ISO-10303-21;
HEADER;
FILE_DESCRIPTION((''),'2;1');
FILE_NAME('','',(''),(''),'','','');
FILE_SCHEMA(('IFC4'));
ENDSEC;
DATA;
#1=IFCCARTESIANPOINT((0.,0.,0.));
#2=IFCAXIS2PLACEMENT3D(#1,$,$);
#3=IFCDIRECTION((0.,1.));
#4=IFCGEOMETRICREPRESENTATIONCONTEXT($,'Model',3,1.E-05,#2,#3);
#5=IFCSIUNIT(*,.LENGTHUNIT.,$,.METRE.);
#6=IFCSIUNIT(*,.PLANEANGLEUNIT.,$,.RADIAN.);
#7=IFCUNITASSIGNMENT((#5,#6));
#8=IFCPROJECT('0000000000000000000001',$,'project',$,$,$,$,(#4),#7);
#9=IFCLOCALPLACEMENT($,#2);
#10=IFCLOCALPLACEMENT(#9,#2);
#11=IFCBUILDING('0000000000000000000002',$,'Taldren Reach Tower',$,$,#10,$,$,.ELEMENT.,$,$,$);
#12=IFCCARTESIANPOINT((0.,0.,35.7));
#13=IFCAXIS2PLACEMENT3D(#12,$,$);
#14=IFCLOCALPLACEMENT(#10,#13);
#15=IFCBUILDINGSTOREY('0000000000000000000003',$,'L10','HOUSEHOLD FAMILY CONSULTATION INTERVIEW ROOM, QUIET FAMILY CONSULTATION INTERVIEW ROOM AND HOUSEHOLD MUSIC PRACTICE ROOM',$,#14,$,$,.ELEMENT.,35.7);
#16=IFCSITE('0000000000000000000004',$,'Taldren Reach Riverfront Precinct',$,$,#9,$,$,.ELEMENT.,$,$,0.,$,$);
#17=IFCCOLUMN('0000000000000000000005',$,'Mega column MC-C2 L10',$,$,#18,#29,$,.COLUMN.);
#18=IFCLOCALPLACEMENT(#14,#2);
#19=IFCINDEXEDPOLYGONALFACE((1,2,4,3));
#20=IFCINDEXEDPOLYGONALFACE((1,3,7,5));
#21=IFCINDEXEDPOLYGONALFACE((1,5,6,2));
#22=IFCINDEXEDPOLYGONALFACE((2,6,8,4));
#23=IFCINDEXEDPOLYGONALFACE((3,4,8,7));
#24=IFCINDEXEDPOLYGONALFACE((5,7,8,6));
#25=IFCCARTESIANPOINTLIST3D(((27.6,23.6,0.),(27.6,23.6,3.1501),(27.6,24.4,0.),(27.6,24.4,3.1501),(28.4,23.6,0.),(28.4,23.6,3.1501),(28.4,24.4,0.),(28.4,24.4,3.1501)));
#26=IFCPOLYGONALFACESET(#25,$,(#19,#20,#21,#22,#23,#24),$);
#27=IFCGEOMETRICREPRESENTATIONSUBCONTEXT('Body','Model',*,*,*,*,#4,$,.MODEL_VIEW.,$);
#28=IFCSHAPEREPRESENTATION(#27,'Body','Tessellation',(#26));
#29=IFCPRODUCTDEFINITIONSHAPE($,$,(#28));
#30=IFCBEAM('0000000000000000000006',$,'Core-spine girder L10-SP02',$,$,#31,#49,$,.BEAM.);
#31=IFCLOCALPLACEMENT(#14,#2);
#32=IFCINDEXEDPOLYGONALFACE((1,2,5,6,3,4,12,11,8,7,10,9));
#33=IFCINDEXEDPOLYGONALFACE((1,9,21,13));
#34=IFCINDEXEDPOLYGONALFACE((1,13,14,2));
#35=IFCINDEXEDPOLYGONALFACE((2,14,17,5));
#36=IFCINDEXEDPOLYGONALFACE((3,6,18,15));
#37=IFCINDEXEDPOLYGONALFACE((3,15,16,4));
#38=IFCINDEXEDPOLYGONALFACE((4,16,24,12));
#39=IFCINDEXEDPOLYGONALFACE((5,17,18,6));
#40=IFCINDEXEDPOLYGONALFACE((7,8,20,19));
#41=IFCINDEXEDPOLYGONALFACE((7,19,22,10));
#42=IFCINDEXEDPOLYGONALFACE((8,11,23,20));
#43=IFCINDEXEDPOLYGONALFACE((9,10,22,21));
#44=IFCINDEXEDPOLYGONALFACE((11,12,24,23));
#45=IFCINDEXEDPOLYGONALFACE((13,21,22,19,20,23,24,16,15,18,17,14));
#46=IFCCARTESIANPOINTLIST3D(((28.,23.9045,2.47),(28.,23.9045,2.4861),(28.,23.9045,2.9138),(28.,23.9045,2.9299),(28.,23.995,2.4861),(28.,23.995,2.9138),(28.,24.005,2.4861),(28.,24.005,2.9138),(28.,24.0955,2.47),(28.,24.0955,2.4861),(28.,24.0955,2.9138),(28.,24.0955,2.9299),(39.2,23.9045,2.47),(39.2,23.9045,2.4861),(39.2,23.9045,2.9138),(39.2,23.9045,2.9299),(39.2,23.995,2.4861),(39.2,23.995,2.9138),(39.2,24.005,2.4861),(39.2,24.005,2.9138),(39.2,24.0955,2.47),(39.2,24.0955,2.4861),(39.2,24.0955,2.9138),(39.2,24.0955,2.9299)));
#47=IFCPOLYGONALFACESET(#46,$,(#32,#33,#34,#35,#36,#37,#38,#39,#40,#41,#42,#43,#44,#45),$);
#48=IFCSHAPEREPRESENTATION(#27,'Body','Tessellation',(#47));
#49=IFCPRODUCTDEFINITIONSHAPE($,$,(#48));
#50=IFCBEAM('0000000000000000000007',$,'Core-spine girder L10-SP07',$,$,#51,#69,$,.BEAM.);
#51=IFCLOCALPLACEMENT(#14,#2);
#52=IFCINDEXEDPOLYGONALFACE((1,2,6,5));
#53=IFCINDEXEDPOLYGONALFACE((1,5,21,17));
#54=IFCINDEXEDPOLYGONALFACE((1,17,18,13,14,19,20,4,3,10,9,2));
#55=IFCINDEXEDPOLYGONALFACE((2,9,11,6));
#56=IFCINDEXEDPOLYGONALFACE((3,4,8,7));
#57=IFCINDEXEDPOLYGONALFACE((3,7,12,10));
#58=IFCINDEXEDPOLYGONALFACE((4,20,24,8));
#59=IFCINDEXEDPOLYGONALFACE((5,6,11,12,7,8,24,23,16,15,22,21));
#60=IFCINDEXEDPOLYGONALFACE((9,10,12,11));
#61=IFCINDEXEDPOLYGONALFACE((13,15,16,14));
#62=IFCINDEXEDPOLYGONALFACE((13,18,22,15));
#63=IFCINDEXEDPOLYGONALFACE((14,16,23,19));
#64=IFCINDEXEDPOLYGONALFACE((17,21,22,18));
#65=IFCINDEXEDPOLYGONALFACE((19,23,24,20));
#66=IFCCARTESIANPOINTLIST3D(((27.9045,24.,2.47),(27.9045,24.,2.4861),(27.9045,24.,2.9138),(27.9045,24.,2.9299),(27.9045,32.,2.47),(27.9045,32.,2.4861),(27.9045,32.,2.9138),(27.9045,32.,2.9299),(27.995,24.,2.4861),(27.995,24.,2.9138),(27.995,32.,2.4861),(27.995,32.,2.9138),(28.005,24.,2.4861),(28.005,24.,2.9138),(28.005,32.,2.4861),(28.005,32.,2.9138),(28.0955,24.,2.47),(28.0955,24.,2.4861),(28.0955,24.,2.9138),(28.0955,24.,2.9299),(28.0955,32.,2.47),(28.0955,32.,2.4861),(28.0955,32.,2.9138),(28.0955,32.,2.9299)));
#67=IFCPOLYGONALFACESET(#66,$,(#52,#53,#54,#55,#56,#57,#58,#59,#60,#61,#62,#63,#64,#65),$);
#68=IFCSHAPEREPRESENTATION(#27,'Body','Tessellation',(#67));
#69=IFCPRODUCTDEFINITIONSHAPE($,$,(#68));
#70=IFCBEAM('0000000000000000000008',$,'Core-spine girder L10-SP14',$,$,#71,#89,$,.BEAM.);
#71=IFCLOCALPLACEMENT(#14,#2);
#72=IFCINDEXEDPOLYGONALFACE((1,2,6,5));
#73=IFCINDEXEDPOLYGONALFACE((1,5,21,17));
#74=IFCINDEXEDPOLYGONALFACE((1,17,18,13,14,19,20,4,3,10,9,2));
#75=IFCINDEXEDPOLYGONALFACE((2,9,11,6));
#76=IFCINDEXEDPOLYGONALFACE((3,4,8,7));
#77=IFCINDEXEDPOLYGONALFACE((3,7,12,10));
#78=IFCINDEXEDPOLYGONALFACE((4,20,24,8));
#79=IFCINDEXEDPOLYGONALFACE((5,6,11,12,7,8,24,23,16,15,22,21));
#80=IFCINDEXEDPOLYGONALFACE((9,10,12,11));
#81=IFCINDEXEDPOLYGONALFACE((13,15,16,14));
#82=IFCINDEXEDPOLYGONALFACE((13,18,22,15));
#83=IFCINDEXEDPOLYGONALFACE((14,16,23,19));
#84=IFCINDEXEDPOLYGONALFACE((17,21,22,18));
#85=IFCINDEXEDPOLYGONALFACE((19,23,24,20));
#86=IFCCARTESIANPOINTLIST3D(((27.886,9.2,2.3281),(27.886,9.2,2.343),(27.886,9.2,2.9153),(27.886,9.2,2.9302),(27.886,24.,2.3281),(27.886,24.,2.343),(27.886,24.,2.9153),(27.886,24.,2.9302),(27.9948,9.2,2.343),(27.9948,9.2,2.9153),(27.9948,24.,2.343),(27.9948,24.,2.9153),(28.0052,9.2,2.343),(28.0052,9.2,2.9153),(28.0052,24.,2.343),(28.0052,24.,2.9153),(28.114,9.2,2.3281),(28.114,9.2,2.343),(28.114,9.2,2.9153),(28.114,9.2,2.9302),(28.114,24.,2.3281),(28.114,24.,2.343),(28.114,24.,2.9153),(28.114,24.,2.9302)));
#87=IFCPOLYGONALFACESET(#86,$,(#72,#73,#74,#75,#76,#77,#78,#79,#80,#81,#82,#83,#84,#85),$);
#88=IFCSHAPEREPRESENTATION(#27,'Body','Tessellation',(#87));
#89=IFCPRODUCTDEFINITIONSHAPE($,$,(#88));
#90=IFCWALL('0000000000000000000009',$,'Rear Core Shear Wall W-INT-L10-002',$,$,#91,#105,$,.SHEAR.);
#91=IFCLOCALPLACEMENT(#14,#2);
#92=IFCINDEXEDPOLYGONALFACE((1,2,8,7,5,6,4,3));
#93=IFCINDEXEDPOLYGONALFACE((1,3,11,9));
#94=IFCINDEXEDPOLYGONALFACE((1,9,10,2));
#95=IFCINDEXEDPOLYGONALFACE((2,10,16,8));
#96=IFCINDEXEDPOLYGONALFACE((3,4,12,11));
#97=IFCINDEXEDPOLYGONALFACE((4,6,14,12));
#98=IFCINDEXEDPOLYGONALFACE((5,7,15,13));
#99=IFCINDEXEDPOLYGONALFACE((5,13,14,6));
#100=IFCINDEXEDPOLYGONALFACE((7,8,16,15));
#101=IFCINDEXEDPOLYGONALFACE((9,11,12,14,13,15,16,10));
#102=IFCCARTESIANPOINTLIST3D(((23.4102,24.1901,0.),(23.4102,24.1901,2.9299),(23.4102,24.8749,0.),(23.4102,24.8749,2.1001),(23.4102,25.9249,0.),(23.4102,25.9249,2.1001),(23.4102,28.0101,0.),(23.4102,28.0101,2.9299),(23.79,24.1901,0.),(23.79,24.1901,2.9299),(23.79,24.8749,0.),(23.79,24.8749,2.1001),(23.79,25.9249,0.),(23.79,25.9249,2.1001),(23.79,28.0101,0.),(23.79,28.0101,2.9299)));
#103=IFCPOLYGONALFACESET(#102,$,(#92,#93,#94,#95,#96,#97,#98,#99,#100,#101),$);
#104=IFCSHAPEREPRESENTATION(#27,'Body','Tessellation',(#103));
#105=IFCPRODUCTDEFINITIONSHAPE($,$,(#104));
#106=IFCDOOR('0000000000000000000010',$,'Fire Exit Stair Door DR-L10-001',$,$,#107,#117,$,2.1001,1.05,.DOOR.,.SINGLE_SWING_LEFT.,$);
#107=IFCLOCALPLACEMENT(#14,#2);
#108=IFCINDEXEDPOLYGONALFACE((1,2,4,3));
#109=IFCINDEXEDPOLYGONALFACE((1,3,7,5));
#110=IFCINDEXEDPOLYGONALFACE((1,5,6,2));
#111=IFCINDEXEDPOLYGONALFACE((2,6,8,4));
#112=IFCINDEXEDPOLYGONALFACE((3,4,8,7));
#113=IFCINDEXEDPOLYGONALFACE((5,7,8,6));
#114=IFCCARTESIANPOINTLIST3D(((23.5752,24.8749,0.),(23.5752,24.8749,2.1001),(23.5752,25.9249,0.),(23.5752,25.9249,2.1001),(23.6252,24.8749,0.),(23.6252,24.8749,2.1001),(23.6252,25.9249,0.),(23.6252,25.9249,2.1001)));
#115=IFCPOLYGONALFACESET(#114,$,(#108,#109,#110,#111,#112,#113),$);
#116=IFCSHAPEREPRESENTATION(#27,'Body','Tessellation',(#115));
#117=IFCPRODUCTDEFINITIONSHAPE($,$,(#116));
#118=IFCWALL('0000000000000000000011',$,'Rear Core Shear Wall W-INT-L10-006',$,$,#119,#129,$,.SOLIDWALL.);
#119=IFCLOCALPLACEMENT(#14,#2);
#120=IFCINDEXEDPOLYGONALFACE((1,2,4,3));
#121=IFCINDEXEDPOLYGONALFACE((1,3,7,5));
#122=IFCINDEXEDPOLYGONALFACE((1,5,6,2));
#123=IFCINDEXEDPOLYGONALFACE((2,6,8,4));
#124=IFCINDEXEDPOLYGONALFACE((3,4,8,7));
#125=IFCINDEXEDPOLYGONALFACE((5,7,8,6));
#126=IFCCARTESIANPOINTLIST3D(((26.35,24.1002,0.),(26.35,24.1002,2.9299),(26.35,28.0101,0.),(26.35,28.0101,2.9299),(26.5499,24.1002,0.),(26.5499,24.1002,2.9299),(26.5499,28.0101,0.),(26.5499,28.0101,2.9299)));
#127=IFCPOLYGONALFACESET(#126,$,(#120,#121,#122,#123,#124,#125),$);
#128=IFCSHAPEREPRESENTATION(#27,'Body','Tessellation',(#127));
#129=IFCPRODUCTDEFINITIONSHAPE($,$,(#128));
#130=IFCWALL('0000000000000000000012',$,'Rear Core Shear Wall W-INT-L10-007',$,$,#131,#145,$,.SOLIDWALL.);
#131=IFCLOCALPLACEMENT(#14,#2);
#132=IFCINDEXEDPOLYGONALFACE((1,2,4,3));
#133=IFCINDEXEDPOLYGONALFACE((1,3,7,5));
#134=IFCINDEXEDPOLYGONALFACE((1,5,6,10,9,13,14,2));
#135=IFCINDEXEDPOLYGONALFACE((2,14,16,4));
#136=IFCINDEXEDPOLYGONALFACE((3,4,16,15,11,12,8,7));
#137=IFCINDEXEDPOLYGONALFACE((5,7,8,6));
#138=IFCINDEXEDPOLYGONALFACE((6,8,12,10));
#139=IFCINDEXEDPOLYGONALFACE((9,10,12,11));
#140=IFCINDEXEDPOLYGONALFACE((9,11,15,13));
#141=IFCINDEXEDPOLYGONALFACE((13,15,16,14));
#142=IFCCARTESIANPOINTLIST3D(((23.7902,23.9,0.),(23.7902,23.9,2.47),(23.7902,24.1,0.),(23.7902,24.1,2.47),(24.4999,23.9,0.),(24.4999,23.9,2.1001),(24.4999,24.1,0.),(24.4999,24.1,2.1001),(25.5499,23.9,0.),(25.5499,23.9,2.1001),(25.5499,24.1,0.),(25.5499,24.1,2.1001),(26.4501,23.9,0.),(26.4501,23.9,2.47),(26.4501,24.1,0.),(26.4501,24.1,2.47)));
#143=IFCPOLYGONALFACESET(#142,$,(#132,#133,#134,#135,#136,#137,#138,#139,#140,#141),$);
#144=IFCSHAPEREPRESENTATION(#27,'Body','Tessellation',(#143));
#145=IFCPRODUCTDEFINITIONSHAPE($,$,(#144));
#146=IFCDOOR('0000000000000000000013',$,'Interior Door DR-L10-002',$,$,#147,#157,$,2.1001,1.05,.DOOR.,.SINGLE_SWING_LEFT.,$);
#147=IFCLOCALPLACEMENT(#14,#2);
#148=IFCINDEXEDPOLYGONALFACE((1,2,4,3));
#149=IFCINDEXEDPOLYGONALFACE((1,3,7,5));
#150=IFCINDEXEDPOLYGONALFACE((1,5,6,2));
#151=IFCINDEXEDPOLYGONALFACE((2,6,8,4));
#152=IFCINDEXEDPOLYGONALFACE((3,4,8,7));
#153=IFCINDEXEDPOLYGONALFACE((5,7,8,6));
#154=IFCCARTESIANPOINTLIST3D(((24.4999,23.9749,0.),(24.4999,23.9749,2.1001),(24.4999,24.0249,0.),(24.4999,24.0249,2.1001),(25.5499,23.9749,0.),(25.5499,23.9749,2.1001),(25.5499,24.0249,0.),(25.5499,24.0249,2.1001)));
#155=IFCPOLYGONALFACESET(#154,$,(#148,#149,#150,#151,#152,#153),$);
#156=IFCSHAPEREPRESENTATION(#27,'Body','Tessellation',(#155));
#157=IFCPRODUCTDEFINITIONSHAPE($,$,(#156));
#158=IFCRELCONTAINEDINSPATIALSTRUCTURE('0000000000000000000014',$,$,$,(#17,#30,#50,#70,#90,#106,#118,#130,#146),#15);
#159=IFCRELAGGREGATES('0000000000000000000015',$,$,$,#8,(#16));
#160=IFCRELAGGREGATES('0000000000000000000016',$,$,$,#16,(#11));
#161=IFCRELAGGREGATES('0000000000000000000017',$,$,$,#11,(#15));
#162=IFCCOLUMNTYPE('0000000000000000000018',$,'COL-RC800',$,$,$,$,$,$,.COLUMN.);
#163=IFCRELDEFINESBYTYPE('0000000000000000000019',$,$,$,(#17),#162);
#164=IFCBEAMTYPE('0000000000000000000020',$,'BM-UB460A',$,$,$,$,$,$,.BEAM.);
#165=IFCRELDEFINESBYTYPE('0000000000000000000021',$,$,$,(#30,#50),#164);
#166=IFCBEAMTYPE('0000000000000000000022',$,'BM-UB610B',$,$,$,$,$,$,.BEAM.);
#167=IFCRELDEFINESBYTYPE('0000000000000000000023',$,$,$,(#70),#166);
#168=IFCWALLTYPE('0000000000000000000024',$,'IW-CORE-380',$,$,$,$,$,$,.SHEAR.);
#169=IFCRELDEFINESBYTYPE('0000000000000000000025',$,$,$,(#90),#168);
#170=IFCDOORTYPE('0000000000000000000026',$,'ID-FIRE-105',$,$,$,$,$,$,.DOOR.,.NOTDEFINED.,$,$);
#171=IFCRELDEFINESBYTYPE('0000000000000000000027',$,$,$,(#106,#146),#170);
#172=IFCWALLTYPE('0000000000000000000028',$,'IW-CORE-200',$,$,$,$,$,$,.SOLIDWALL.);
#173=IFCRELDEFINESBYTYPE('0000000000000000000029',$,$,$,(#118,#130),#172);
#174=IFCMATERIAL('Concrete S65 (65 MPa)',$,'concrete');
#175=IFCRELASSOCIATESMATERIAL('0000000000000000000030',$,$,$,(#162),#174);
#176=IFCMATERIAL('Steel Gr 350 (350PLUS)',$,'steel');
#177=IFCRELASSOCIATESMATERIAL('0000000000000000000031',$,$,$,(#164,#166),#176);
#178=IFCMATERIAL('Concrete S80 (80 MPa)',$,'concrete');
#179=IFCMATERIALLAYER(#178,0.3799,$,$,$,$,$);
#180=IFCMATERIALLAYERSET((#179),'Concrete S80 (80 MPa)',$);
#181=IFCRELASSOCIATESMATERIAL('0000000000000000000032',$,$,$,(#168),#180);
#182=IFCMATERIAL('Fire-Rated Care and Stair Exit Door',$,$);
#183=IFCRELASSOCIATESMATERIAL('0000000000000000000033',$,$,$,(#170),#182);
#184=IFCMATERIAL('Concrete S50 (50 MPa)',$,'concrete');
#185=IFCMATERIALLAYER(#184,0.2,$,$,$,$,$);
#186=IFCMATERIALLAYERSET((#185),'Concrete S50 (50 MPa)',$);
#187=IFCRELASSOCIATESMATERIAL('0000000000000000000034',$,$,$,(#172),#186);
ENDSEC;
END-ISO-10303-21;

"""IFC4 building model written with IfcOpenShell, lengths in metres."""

from ifc_helpers import new_model, si_unit, direction, frame, frame_2d, origin, origin_2d, place, context, subcontext, project, spatial, rectangle, i_section, extrude, source, transform, mapped, material, layer, layer_set, material_profile, profile_set, type_object, element, fill, save


model = new_model("IFC4")

# Units and contexts
model_context = context("Model", 3, precision=1e-05, world=origin(), true_north=direction((0.0, 1.0)))
body_context = subcontext(model_context, "Body", "Model", "MODEL_VIEW")
ifc_project = project(units=[si_unit("LENGTHUNIT", "METRE"), si_unit("PLANEANGLEUNIT", "RADIAN")], contexts=[model_context])

# Site, building, storey
site_placement = place(None, origin())
site = spatial("IfcSite", under=ifc_project, at=site_placement, Name="Taldren Reach Riverfront Precinct", CompositionType="ELEMENT", RefElevation=0.0)
building_placement = place(site_placement, origin())
building = spatial("IfcBuilding", under=site, at=building_placement, Name="Taldren Reach Tower", CompositionType="ELEMENT")
storey_placement = place(building_placement, frame((0.0, 0.0, 35.7)))
storey = spatial("IfcBuildingStorey", under=building, at=storey_placement, Name="L10", Description="HOUSEHOLD FAMILY CONSULTATION INTERVIEW ROOM, QUIET FAMILY CONSULTATION INTERVIEW ROOM AND HOUSEHOLD MUSIC PRACTICE ROOM", CompositionType="ELEMENT", Elevation=35.7)

# Column
ifc_material_1 = material(Name="Concrete S65 (65 MPa)", Category="concrete")
ifc_material_profile_1 = material_profile(ifc_material_1, rectangle(XDim=0.8, YDim=0.8, at=origin_2d()), Name="RC-800x800")
ifc_profile_set_1 = profile_set([ifc_material_profile_1], Name="Concrete S65 (65 MPa)")
column_type = type_object("IfcColumnType", Name="COL-RC800", PredefinedType="COLUMN", material=ifc_profile_set_1)
shared_shape_1 = source(origin(), body_context, "Body", "SweptSolid", [
    extrude(rectangle(XDim=0.8, YDim=0.8, at=origin_2d()), origin(), (0.0, 0.0, 1.0), 3.1501),
])
column_placement = place(storey_placement, frame((28.0, 24.0, 0.0), z_axis=(0.0, 0.0, 1.0), x_axis=(1.0, 0.0, 0.0)))
element("IfcColumn", 1, at=column_placement, inside=storey, type_object=column_type, Name="Mega column MC-C2 L10", PredefinedType="COLUMN", context=body_context, shape_type="MappedRepresentation", body=[
    mapped(shared_shape_1, transform((0.0, 0.0, 0.0), scale=1.0)),
])

# Beams
ifc_material_2 = material(Name="Steel Gr 350 (350PLUS)", Category="steel")
ifc_material_profile_2 = material_profile(ifc_material_2, i_section(OverallWidth=0.1909, OverallDepth=0.46, WebThickness=0.01, FlangeThickness=0.0161, at=origin_2d()), Name="460UB82.1")
ifc_profile_set_2 = profile_set([ifc_material_profile_2], Name="Steel Gr 350 (350PLUS)")
beam_type_1 = type_object("IfcBeamType", Name="BM-UB460A", PredefinedType="BEAM", material=ifc_profile_set_2)
shared_shape_2 = source(origin(), body_context, "Body", "SweptSolid", [
    extrude(i_section(OverallWidth=0.1909, OverallDepth=0.46, WebThickness=0.01, FlangeThickness=0.0161, at=origin_2d()), origin(), (0.0, 0.0, 1.0), 11.2),
])
beam_1_placement = place(storey_placement, frame((28.0, 24.0, 2.7), z_axis=(1.0, 0.0, 0.0), x_axis=(0.0, 1.0, 0.0)))
element("IfcBeam", 2, at=beam_1_placement, inside=storey, type_object=beam_type_1, Name="Core-spine girder L10-SP02", PredefinedType="BEAM", context=body_context, shape_type="MappedRepresentation", body=[
    mapped(shared_shape_2, transform((0.0, 0.0, 0.0), scale=1.0)),
])
shared_shape_3 = source(origin(), body_context, "Body", "SweptSolid", [
    extrude(i_section(OverallWidth=0.1909, OverallDepth=0.46, WebThickness=0.01, FlangeThickness=0.0161, at=origin_2d()), origin(), (0.0, 0.0, 1.0), 8.0),
])
beam_2_placement = place(storey_placement, frame((28.0, 24.0, 2.7), z_axis=(0.0, 1.0, 0.0), x_axis=(-1.0, 0.0, 0.0)))
element("IfcBeam", 3, at=beam_2_placement, inside=storey, type_object=beam_type_1, Name="Core-spine girder L10-SP07", PredefinedType="BEAM", context=body_context, shape_type="MappedRepresentation", body=[
    mapped(shared_shape_3, transform((0.0, 0.0, 0.0), scale=1.0)),
])
ifc_material_profile_3 = material_profile(ifc_material_2, i_section(OverallWidth=0.228, OverallDepth=0.6021, WebThickness=0.0105, FlangeThickness=0.0149, at=origin_2d()), Name="610UB101")
ifc_profile_set_3 = profile_set([ifc_material_profile_3], Name="Steel Gr 350 (350PLUS)")
beam_type_2 = type_object("IfcBeamType", Name="BM-UB610B", PredefinedType="BEAM", material=ifc_profile_set_3)
shared_shape_4 = source(origin(), body_context, "Body", "SweptSolid", [
    extrude(i_section(OverallWidth=0.228, OverallDepth=0.6021, WebThickness=0.0105, FlangeThickness=0.0149, at=origin_2d()), origin(), (0.0, 0.0, 1.0), 14.8),
])
beam_3_placement = place(storey_placement, frame((28.0, 24.0, 2.6292), z_axis=(0.0, -1.0, 0.0), x_axis=(1.0, 0.0, 0.0)))
element("IfcBeam", 4, at=beam_3_placement, inside=storey, type_object=beam_type_2, Name="Core-spine girder L10-SP14", PredefinedType="BEAM", context=body_context, shape_type="MappedRepresentation", body=[
    mapped(shared_shape_4, transform((0.0, 0.0, 0.0), scale=1.0)),
])

# Wall, opening, door
ifc_material_3 = material(Name="Concrete S80 (80 MPa)", Category="concrete")
ifc_layer_1 = layer(ifc_material_3, 0.3799)
ifc_layer_set_1 = layer_set([ifc_layer_1], Name="Concrete S80 (80 MPa)")
wall_type_1 = type_object("IfcWallType", Name="IW-CORE-380", PredefinedType="SHEAR", material=ifc_layer_set_1)
shared_shape_5 = source(origin(), body_context, "Body", "SweptSolid", [
    extrude(rectangle(XDim=3.8201, YDim=0.3799, at=frame_2d((1.9102, 0.0))), origin(), (0.0, 0.0, 1.0), 2.9299),
])
wall_1_placement = place(storey_placement, frame((23.6001, 24.1899, 0.0), z_axis=(0.0, 0.0, 1.0), x_axis=(0.0, 1.0, 0.0)))
wall_1 = element("IfcWall", 5, at=wall_1_placement, inside=storey, type_object=wall_type_1, Name="Rear Core Shear Wall W-INT-L10-002", PredefinedType="SHEAR", context=body_context, shape_type="MappedRepresentation", body=[
    mapped(shared_shape_5, transform((0.0, 0.0, 0.0), scale=1.0)),
])
shared_shape_6 = source(origin(), body_context, "Body", "SweptSolid", [
    extrude(rectangle(XDim=1.05, YDim=2.1001, at=frame_2d((0.5249, 1.05))), frame((0.0, 0.2, 0.0), z_axis=(0.0, -1.0, 0.0), x_axis=(1.0, 0.0, 0.0)), (0.0, 0.0, 1.0), 0.3999),
])
opening_1_placement = place(wall_1_placement, frame((0.6851, 0.0, 0.0)))
opening_1 = element("IfcOpeningElement", 6, at=opening_1_placement, cuts=wall_1, PredefinedType="OPENING", context=body_context, shape_type="MappedRepresentation", body=[
    mapped(shared_shape_6, transform((0.0, 0.0, 0.0), scale=1.0)),
])
ifc_material_4 = material(Name="Fire-Rated Care and Stair Exit Door")
door_type = type_object("IfcDoorType", Name="ID-FIRE-105", OperationType="NOTDEFINED", PredefinedType="DOOR", material=ifc_material_4)
shared_shape_7 = source(origin(), body_context, "Body", "SweptSolid", [
    extrude(rectangle(XDim=1.05, YDim=2.1001, at=frame_2d((0.5249, 1.05))), frame((0.0, 0.0249, 0.0), z_axis=(0.0, -1.0, 0.0), x_axis=(1.0, 0.0, 0.0)), (0.0, 0.0, 1.0), 0.05),
])
door_1_placement = place(opening_1_placement, origin())
door_1 = element("IfcDoor", 7, at=door_1_placement, inside=storey, type_object=door_type, Name="Fire Exit Stair Door DR-L10-001", OperationType="SINGLE_SWING_LEFT", OverallHeight=2.1001, OverallWidth=1.05, PredefinedType="DOOR", context=body_context, shape_type="MappedRepresentation", body=[
    mapped(shared_shape_7, transform((0.0, 0.0, 0.0), scale=1.0)),
])
fill(opening_1, door_1)

# Wall
ifc_material_5 = material(Name="Concrete S50 (50 MPa)", Category="concrete")
ifc_layer_2 = layer(ifc_material_5, 0.2)
ifc_layer_set_2 = layer_set([ifc_layer_2], Name="Concrete S50 (50 MPa)")
wall_type_2 = type_object("IfcWallType", Name="IW-CORE-200", PredefinedType="SOLIDWALL", material=ifc_layer_set_2)
shared_shape_8 = source(origin(), body_context, "Body", "SweptSolid", [
    extrude(rectangle(XDim=3.9099, YDim=0.2, at=frame_2d((1.9551, 0.0))), origin(), (0.0, 0.0, 1.0), 2.9299),
])
wall_2_placement = place(storey_placement, frame((26.45, 24.1001, 0.0), z_axis=(0.0, 0.0, 1.0), x_axis=(0.0, 1.0, 0.0)))
element("IfcWall", 8, at=wall_2_placement, inside=storey, type_object=wall_type_2, Name="Rear Core Shear Wall W-INT-L10-006", PredefinedType="SOLIDWALL", context=body_context, shape_type="MappedRepresentation", body=[
    mapped(shared_shape_8, transform((0.0, 0.0, 0.0), scale=1.0)),
])

# Wall, opening, door
shared_shape_9 = source(origin(), body_context, "Body", "SweptSolid", [
    extrude(rectangle(XDim=2.6599, YDim=0.2, at=frame_2d((1.3301, 0.0))), origin(), (0.0, 0.0, 1.0), 2.47),
])
wall_3_placement = place(storey_placement, frame((23.79, 24.0, 0.0), z_axis=(0.0, 0.0, 1.0), x_axis=(1.0, 0.0, 0.0)))
wall_3 = element("IfcWall", 9, at=wall_3_placement, inside=storey, type_object=wall_type_2, Name="Rear Core Shear Wall W-INT-L10-007", PredefinedType="SOLIDWALL", context=body_context, shape_type="MappedRepresentation", body=[
    mapped(shared_shape_9, transform((0.0, 0.0, 0.0), scale=1.0)),
])
shared_shape_10 = source(origin(), body_context, "Body", "SweptSolid", [
    extrude(rectangle(XDim=1.05, YDim=2.1001, at=frame_2d((0.5249, 1.05))), frame((0.0, 0.1099, 0.0), z_axis=(0.0, -1.0, 0.0), x_axis=(1.0, 0.0, 0.0)), (0.0, 0.0, 1.0), 0.22),
])
opening_2_placement = place(wall_3_placement, frame((0.71, 0.0, 0.0)))
opening_2 = element("IfcOpeningElement", 10, at=opening_2_placement, cuts=wall_3, PredefinedType="OPENING", context=body_context, shape_type="MappedRepresentation", body=[
    mapped(shared_shape_10, transform((0.0, 0.0, 0.0), scale=1.0)),
])
door_2_placement = place(opening_2_placement, origin())
door_2 = element("IfcDoor", 11, at=door_2_placement, inside=storey, type_object=door_type, Name="Interior Door DR-L10-002", OperationType="SINGLE_SWING_LEFT", OverallHeight=2.1001, OverallWidth=1.05, PredefinedType="DOOR", context=body_context, shape_type="MappedRepresentation", body=[
    mapped(shared_shape_7, transform((0.0, 0.0, 0.0), scale=1.0)),
])
fill(opening_2, door_2)

save(model, "model.ifc")
